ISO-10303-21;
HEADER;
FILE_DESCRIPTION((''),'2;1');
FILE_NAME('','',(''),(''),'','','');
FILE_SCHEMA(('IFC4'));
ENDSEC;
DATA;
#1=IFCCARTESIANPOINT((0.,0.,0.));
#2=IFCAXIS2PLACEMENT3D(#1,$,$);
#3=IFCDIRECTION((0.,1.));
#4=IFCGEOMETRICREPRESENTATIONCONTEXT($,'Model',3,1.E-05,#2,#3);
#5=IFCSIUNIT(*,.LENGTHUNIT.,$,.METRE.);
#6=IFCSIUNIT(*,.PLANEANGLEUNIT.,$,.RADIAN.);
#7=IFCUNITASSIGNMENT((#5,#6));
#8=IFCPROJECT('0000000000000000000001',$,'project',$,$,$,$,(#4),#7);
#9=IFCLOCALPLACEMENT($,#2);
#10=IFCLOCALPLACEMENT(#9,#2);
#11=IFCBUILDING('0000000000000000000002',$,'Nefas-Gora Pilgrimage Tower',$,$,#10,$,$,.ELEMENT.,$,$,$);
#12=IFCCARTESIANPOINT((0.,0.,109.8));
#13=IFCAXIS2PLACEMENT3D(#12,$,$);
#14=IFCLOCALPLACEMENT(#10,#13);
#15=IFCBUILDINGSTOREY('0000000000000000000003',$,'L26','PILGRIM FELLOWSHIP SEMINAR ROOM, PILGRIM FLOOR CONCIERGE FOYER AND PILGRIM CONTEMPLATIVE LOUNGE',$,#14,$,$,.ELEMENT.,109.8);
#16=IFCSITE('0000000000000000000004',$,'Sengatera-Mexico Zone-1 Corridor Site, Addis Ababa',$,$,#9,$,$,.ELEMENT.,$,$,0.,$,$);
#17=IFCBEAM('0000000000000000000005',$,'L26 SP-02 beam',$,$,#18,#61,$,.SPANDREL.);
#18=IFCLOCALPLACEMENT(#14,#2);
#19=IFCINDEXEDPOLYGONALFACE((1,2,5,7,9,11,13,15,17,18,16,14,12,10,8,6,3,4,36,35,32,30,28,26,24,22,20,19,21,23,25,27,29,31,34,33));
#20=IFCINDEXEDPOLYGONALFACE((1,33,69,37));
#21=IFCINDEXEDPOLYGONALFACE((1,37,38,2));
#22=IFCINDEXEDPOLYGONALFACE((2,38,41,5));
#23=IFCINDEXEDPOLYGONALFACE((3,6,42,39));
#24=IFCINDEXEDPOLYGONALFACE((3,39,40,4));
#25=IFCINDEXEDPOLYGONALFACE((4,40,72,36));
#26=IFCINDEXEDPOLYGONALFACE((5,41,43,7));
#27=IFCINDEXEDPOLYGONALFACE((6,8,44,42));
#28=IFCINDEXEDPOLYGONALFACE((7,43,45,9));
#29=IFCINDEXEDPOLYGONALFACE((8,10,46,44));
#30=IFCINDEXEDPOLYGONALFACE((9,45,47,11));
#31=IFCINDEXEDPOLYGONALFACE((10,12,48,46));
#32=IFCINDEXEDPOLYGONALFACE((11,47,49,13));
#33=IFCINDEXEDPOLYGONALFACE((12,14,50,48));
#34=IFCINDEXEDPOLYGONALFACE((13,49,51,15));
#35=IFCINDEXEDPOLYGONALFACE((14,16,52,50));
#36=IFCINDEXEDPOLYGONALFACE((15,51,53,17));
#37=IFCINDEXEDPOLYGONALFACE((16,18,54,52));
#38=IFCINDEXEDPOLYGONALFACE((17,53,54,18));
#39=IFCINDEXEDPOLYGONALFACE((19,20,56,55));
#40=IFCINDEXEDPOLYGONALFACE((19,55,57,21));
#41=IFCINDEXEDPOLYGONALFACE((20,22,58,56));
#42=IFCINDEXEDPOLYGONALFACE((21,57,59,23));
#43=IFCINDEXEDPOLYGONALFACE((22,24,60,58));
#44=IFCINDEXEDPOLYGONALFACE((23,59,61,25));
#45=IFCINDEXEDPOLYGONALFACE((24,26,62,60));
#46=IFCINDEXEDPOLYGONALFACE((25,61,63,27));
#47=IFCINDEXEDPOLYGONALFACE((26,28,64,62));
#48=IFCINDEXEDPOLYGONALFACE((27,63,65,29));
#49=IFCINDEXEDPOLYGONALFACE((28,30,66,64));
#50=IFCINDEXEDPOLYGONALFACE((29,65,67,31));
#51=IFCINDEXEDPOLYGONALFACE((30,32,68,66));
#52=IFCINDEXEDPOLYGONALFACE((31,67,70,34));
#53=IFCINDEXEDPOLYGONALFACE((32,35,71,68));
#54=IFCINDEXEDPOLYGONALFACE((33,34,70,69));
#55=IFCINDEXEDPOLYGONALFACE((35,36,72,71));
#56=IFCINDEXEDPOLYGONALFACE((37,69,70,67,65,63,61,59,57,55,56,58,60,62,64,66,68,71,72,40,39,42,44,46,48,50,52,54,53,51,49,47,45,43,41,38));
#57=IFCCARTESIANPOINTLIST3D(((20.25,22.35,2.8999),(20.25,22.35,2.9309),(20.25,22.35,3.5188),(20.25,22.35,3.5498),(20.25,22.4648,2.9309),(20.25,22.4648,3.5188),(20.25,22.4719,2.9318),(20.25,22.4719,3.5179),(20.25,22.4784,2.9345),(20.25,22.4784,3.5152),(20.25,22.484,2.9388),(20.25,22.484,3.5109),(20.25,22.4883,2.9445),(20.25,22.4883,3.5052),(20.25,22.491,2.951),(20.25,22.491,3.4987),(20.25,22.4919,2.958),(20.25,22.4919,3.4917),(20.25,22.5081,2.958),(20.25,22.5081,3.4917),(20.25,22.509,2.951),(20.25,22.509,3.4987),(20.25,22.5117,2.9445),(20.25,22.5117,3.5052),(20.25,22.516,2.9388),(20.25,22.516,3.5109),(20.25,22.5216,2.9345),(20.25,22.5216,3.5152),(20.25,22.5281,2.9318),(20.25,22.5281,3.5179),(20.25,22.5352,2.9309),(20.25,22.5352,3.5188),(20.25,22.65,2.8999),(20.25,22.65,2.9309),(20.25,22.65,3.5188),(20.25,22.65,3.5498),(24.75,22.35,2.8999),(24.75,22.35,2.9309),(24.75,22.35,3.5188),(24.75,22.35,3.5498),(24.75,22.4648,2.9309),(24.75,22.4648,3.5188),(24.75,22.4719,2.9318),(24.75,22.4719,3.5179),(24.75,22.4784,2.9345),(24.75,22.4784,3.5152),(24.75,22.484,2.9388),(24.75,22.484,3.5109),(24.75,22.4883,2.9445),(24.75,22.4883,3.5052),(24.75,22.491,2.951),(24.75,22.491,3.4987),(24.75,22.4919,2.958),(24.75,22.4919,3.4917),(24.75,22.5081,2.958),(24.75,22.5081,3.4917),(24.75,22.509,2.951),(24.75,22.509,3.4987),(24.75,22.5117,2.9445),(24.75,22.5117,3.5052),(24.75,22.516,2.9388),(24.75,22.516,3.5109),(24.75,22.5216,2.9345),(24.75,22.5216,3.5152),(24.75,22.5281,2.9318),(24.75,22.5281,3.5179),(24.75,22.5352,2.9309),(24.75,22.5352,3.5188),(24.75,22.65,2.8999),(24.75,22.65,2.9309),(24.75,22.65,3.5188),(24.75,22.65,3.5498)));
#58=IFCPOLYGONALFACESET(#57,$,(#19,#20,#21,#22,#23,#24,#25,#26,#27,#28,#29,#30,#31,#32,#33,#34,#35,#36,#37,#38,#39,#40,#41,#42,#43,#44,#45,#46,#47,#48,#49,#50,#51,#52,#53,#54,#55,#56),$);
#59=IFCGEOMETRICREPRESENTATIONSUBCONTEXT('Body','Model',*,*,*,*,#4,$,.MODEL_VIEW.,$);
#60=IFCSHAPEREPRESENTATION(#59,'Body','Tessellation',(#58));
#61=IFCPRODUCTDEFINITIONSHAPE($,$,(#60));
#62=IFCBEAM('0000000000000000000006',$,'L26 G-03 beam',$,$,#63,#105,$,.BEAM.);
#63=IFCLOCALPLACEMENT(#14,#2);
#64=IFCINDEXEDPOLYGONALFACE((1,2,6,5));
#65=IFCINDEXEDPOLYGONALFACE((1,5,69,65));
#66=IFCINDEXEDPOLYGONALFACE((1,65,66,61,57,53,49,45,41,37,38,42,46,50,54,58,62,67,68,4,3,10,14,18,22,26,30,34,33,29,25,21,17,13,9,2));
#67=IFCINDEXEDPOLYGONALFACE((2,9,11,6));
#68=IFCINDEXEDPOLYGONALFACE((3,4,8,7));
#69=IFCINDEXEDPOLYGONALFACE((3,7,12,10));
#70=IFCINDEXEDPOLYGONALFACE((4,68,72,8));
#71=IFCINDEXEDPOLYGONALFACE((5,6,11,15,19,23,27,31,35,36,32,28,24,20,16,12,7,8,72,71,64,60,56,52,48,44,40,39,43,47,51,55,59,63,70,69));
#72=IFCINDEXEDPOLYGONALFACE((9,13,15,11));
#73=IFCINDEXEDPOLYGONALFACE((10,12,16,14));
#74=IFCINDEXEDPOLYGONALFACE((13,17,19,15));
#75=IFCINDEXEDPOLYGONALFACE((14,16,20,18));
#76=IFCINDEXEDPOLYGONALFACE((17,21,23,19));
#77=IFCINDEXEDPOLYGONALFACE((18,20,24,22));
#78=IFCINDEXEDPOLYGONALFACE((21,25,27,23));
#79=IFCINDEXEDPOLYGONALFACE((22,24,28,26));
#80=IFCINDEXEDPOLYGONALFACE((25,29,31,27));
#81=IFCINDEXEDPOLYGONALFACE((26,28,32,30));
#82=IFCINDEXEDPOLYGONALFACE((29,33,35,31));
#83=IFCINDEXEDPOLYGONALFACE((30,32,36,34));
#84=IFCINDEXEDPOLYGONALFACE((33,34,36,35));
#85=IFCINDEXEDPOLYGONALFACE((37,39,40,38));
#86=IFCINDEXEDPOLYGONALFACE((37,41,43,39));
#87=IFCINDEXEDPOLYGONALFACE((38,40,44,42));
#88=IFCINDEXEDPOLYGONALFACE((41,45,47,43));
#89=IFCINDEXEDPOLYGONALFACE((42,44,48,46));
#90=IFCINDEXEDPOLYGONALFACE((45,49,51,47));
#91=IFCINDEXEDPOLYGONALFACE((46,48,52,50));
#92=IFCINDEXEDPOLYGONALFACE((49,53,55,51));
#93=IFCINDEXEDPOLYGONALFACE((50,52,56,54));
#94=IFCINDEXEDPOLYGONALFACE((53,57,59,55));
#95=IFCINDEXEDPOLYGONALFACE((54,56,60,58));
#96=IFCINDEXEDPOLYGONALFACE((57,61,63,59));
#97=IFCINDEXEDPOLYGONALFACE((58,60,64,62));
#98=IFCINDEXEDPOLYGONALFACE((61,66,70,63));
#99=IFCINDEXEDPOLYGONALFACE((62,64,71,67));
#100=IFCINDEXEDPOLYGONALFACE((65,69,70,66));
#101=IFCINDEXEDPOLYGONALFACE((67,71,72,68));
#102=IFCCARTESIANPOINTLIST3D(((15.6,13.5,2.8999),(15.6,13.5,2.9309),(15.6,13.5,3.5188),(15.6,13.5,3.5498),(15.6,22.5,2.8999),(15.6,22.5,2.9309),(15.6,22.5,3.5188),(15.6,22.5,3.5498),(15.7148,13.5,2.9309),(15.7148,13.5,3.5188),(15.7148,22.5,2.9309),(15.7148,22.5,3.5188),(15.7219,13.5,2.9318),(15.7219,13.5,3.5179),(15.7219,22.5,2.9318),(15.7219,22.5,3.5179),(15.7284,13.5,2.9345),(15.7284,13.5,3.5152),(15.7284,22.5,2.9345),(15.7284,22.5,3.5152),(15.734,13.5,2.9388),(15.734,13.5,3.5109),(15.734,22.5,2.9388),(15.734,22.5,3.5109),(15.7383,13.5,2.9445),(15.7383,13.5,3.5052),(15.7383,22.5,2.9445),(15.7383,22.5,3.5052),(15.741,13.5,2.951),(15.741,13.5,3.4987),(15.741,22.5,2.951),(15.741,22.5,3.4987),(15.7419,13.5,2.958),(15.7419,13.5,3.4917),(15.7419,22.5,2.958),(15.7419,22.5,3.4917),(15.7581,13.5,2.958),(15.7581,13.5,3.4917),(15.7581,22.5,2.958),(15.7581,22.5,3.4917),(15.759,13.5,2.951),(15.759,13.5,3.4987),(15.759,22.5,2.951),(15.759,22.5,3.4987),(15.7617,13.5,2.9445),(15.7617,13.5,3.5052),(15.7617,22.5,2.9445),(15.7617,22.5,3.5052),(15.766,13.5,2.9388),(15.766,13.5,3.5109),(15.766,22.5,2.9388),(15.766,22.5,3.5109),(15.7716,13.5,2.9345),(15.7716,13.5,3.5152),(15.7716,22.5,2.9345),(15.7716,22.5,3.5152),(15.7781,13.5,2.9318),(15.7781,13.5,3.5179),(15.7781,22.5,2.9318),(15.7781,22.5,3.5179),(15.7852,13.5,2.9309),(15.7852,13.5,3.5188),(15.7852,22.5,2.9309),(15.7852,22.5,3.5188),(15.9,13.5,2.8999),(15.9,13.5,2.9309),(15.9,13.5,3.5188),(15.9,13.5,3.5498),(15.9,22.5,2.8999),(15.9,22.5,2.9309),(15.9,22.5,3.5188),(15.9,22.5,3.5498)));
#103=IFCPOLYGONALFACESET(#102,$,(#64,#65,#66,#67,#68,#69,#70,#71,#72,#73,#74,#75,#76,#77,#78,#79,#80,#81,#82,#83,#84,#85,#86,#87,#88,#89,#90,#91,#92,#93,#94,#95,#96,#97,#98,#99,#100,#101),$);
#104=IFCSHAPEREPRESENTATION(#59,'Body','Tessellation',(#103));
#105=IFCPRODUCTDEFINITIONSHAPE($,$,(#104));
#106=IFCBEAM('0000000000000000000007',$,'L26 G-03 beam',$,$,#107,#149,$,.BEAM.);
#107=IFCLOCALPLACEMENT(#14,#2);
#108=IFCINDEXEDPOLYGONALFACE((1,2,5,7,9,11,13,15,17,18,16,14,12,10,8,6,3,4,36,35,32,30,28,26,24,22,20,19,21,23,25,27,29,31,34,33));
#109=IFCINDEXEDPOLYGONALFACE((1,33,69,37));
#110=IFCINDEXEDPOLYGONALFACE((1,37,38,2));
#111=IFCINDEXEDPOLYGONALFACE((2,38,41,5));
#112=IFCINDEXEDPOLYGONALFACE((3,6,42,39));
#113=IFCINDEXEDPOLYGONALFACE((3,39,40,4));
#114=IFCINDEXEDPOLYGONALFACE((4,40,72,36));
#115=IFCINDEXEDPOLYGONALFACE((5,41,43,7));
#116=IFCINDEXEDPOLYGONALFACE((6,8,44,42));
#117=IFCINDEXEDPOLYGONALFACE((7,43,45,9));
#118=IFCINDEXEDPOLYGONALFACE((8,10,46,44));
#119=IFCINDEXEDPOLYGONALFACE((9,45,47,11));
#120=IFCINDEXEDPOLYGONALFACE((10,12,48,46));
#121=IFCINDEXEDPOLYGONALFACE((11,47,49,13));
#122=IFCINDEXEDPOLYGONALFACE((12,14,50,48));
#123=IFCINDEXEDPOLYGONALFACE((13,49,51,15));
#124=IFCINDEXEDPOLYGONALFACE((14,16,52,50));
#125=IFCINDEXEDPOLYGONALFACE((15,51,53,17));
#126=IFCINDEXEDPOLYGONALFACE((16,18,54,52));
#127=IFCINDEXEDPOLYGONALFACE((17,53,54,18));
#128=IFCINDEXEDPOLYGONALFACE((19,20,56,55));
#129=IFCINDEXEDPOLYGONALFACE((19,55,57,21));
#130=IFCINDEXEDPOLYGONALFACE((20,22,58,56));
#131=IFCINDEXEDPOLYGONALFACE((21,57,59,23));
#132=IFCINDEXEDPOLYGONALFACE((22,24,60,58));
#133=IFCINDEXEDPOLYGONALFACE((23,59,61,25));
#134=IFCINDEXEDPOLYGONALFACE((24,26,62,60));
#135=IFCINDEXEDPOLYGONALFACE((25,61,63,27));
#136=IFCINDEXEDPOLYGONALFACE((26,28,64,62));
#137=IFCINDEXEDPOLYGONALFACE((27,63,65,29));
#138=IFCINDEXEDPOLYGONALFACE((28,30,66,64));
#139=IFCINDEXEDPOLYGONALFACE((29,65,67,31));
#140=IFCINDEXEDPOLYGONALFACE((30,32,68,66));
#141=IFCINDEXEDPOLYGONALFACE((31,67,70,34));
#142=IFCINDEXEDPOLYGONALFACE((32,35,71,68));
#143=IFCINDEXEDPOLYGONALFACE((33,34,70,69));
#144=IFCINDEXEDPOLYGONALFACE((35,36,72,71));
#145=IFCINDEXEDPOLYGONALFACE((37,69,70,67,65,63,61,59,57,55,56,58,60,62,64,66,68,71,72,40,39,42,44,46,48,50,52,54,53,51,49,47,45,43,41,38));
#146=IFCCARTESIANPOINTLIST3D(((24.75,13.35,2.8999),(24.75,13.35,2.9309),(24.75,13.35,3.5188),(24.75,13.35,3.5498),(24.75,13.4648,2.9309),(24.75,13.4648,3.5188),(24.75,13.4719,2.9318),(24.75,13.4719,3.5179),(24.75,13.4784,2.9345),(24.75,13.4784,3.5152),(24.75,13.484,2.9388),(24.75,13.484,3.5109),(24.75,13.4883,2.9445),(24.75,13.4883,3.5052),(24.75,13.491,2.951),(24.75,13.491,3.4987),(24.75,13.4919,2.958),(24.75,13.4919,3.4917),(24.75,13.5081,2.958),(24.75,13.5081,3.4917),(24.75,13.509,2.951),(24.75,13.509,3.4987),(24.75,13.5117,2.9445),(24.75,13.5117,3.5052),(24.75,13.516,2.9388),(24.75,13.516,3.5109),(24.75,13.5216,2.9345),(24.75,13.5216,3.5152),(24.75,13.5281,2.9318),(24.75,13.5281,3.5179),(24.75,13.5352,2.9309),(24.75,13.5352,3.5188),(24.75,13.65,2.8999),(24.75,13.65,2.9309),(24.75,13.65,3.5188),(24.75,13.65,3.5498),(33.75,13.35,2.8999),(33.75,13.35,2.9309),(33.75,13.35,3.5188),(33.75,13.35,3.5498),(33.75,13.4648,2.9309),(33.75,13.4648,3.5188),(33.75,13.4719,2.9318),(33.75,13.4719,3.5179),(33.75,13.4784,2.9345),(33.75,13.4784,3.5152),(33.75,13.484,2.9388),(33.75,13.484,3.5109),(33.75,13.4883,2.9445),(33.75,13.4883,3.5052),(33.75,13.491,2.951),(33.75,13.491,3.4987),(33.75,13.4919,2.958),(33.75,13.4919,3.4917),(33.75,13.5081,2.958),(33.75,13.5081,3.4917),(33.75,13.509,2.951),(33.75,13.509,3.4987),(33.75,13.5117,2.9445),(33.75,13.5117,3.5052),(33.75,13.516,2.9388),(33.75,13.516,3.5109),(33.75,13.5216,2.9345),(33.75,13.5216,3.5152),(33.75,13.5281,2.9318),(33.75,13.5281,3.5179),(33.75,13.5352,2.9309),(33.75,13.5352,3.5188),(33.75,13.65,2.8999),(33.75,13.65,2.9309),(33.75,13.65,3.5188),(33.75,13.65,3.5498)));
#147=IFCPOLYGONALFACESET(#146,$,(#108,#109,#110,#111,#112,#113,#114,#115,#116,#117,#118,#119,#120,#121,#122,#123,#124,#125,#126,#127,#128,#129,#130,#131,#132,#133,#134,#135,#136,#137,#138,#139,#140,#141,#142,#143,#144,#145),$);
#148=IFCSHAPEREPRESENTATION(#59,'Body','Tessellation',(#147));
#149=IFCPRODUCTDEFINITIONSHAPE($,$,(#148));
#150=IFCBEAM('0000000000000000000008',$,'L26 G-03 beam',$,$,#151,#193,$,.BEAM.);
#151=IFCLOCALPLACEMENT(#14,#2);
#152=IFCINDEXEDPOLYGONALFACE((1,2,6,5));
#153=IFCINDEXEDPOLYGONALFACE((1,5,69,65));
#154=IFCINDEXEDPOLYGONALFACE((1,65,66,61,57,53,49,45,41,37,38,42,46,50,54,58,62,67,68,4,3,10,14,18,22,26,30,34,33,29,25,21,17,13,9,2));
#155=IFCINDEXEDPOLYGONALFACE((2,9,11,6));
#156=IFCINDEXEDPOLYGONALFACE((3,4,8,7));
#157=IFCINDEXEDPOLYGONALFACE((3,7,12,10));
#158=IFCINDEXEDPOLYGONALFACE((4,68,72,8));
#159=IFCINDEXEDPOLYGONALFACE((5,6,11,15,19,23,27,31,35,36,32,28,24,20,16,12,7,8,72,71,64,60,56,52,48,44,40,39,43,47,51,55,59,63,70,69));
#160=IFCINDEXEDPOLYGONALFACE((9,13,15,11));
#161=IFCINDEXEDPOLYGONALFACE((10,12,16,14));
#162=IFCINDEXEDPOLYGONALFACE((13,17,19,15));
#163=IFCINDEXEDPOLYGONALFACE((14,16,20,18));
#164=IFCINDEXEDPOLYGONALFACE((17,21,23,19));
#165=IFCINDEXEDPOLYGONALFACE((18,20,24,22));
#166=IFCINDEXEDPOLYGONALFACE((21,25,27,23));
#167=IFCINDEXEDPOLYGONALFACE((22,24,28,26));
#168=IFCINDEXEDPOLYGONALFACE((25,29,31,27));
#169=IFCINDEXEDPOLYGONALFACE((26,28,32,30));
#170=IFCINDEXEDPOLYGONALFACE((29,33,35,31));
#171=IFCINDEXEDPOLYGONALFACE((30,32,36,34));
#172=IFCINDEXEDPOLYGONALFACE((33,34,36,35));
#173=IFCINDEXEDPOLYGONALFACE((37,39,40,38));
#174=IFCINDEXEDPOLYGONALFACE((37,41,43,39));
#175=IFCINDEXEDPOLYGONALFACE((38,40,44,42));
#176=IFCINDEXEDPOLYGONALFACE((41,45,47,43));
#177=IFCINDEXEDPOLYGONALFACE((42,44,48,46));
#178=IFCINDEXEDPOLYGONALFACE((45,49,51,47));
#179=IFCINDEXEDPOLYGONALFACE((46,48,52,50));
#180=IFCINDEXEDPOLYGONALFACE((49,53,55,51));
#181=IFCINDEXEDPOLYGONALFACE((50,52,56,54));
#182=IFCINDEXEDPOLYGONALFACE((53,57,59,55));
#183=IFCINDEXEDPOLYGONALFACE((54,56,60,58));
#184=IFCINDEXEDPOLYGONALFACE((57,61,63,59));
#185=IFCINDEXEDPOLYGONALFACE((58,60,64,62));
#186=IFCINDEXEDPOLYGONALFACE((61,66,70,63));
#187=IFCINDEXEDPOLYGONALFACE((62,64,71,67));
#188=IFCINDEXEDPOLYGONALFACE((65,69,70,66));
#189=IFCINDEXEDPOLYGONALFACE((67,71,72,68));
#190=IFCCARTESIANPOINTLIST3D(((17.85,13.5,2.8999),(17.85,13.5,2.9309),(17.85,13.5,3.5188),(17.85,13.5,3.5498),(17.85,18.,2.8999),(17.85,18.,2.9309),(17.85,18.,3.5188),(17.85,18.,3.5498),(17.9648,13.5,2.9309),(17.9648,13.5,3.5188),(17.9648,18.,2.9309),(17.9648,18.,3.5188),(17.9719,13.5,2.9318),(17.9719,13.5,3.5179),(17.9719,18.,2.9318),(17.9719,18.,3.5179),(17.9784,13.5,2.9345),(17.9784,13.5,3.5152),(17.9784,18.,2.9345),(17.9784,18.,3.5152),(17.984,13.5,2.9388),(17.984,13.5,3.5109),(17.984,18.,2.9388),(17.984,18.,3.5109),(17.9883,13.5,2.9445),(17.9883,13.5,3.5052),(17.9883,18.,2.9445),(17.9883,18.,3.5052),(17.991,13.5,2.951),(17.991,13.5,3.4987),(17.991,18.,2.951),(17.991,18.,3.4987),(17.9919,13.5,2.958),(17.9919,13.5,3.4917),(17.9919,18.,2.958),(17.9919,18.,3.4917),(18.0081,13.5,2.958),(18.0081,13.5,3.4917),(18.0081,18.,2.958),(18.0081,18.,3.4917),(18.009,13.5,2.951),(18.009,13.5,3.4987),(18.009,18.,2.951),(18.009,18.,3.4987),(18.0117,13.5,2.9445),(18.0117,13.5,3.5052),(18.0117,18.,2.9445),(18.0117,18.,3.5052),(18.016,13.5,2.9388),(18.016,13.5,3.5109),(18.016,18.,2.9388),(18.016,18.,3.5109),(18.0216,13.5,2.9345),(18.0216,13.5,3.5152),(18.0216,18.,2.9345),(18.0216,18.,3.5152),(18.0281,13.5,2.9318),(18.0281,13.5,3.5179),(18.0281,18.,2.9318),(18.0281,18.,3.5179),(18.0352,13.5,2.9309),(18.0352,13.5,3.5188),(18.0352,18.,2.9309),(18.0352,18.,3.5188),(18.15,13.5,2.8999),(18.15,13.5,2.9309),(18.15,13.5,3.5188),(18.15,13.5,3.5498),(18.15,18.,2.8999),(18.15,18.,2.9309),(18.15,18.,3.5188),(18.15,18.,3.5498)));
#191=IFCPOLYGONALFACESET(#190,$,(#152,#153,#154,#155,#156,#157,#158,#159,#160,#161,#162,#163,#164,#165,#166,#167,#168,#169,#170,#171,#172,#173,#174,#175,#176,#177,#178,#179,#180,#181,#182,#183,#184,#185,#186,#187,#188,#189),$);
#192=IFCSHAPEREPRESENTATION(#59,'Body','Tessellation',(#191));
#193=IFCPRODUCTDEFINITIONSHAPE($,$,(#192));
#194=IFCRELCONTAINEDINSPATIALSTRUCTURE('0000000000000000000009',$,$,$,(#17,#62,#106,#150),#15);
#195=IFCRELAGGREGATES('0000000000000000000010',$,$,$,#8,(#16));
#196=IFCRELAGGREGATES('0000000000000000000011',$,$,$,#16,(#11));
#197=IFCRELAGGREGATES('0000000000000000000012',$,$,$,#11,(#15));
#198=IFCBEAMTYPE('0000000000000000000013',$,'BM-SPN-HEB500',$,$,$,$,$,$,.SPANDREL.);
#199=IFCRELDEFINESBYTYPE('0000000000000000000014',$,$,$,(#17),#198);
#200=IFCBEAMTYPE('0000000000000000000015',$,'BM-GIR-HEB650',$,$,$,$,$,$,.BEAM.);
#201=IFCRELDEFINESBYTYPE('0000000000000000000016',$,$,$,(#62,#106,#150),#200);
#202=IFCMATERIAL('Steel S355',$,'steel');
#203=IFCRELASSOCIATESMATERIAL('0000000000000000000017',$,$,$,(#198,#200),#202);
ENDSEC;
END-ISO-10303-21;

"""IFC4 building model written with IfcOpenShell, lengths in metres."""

from ifc_helpers import new_model, si_unit, direction, frame, origin, origin_2d, place, context, subcontext, project, spatial, i_section, extrude, source, transform, mapped, material, material_profile, profile_set, type_object, element, save


model = new_model("IFC4")

# Units and contexts
model_context = context("Model", 3, precision=1e-05, world=origin(), true_north=direction((0.0, 1.0)))
body_context = subcontext(model_context, "Body", "Model", "MODEL_VIEW")
ifc_project = project(units=[si_unit("LENGTHUNIT", "METRE"), si_unit("PLANEANGLEUNIT", "RADIAN")], contexts=[model_context])

# Site, building, storey
site_placement = place(None, origin())
site = spatial("IfcSite", under=ifc_project, at=site_placement, Name="Sengatera-Mexico Zone-1 Corridor Site, Addis Ababa", CompositionType="ELEMENT", RefElevation=0.0)
building_placement = place(site_placement, origin())
building = spatial("IfcBuilding", under=site, at=building_placement, Name="Nefas-Gora Pilgrimage Tower", CompositionType="ELEMENT")
storey_placement = place(building_placement, frame((0.0, 0.0, 109.8)))
storey = spatial("IfcBuildingStorey", under=building, at=storey_placement, Name="L26", Description="PILGRIM FELLOWSHIP SEMINAR ROOM, PILGRIM FLOOR CONCIERGE FOYER AND PILGRIM CONTEMPLATIVE LOUNGE", CompositionType="ELEMENT", Elevation=109.8)

# Beams
ifc_material_1 = material(Name="Steel S355", Category="steel")
ifc_material_profile_1 = material_profile(ifc_material_1, i_section(OverallWidth=0.3, OverallDepth=0.6499, WebThickness=0.0161, FlangeThickness=0.031, FilletRadius=0.0271, at=origin_2d()), Name="HEB 650")
ifc_profile_set_1 = profile_set([ifc_material_profile_1], Name="Steel S355")
beam_type_1 = type_object("IfcBeamType", Name="BM-SPN-HEB500", PredefinedType="SPANDREL", material=ifc_profile_set_1)
shared_shape_1 = source(origin(), body_context, "Body", "SweptSolid", [
    extrude(i_section(OverallWidth=0.3, OverallDepth=0.6499, WebThickness=0.0161, FlangeThickness=0.031, FilletRadius=0.0271, at=origin_2d()), origin(), (0.0, 0.0, 1.0), 4.5),
])
beam_1_placement = place(storey_placement, frame((20.25, 22.5, 3.2249), z_axis=(1.0, 0.0, 0.0), x_axis=(0.0, 1.0, 0.0)))
element("IfcBeam", 1, at=beam_1_placement, inside=storey, type_object=beam_type_1, Name="L26 SP-02 beam", PredefinedType="SPANDREL", context=body_context, shape_type="MappedRepresentation", body=[
    mapped(shared_shape_1, transform((0.0, 0.0, 0.0), x_axis=(1.0, 0.0, 0.0), y_axis=(0.0, 1.0, 0.0), z_axis=(0.0, 0.0, 1.0), scale=1.0)),
])
ifc_material_profile_2 = material_profile(ifc_material_1, i_section(OverallWidth=0.3, OverallDepth=0.6499, WebThickness=0.0161, FlangeThickness=0.031, FilletRadius=0.0271, at=origin_2d()), Name="HEB 650")
ifc_profile_set_2 = profile_set([ifc_material_profile_2], Name="Steel S355")
beam_type_2 = type_object("IfcBeamType", Name="BM-GIR-HEB650", PredefinedType="BEAM", material=ifc_profile_set_2)
shared_shape_2 = source(origin(), body_context, "Body", "SweptSolid", [
    extrude(i_section(OverallWidth=0.3, OverallDepth=0.6499, WebThickness=0.0161, FlangeThickness=0.031, FilletRadius=0.0271, at=origin_2d()), origin(), (0.0, 0.0, 1.0), 9.0),
])
for number, where, z_axis, x_axis, name in (
    (2, (15.75, 13.5, 3.2249), (0.0, 1.0, 0.0), (-1.0, 0.0, 0.0), "L26 G-03 beam"),
    (3, (24.75, 13.5, 3.2249), (1.0, 0.0, 0.0), (0.0, 1.0, 0.0), "L26 G-03 beam"),
):
    element("IfcBeam", number, at=place(storey_placement, frame(where, z_axis=z_axis, x_axis=x_axis)), inside=storey, type_object=beam_type_2, Name=name, PredefinedType="BEAM", context=body_context, shape_type="MappedRepresentation", body=[
        mapped(shared_shape_2, transform((0.0, 0.0, 0.0), x_axis=(1.0, 0.0, 0.0), y_axis=(0.0, 1.0, 0.0), z_axis=(0.0, 0.0, 1.0), scale=1.0)),
    ])
shared_shape_3 = source(origin(), body_context, "Body", "SweptSolid", [
    extrude(i_section(OverallWidth=0.3, OverallDepth=0.6499, WebThickness=0.0161, FlangeThickness=0.031, FilletRadius=0.0271, at=origin_2d()), origin(), (0.0, 0.0, 1.0), 4.5),
])
for number, where, z_axis, x_axis, name in (
    (4, (18.0, 13.5, 3.2249), (0.0, 1.0, 0.0), (-1.0, 0.0, 0.0), "L26 G-03 beam"),
):
    element("IfcBeam", number, at=place(storey_placement, frame(where, z_axis=z_axis, x_axis=x_axis)), inside=storey, type_object=beam_type_2, Name=name, PredefinedType="BEAM", context=body_context, shape_type="MappedRepresentation", body=[
        mapped(shared_shape_3, transform((0.0, 0.0, 0.0), x_axis=(1.0, 0.0, 0.0), y_axis=(0.0, 1.0, 0.0), z_axis=(0.0, 0.0, 1.0), scale=1.0)),
    ])

save(model, "model.ifc")
